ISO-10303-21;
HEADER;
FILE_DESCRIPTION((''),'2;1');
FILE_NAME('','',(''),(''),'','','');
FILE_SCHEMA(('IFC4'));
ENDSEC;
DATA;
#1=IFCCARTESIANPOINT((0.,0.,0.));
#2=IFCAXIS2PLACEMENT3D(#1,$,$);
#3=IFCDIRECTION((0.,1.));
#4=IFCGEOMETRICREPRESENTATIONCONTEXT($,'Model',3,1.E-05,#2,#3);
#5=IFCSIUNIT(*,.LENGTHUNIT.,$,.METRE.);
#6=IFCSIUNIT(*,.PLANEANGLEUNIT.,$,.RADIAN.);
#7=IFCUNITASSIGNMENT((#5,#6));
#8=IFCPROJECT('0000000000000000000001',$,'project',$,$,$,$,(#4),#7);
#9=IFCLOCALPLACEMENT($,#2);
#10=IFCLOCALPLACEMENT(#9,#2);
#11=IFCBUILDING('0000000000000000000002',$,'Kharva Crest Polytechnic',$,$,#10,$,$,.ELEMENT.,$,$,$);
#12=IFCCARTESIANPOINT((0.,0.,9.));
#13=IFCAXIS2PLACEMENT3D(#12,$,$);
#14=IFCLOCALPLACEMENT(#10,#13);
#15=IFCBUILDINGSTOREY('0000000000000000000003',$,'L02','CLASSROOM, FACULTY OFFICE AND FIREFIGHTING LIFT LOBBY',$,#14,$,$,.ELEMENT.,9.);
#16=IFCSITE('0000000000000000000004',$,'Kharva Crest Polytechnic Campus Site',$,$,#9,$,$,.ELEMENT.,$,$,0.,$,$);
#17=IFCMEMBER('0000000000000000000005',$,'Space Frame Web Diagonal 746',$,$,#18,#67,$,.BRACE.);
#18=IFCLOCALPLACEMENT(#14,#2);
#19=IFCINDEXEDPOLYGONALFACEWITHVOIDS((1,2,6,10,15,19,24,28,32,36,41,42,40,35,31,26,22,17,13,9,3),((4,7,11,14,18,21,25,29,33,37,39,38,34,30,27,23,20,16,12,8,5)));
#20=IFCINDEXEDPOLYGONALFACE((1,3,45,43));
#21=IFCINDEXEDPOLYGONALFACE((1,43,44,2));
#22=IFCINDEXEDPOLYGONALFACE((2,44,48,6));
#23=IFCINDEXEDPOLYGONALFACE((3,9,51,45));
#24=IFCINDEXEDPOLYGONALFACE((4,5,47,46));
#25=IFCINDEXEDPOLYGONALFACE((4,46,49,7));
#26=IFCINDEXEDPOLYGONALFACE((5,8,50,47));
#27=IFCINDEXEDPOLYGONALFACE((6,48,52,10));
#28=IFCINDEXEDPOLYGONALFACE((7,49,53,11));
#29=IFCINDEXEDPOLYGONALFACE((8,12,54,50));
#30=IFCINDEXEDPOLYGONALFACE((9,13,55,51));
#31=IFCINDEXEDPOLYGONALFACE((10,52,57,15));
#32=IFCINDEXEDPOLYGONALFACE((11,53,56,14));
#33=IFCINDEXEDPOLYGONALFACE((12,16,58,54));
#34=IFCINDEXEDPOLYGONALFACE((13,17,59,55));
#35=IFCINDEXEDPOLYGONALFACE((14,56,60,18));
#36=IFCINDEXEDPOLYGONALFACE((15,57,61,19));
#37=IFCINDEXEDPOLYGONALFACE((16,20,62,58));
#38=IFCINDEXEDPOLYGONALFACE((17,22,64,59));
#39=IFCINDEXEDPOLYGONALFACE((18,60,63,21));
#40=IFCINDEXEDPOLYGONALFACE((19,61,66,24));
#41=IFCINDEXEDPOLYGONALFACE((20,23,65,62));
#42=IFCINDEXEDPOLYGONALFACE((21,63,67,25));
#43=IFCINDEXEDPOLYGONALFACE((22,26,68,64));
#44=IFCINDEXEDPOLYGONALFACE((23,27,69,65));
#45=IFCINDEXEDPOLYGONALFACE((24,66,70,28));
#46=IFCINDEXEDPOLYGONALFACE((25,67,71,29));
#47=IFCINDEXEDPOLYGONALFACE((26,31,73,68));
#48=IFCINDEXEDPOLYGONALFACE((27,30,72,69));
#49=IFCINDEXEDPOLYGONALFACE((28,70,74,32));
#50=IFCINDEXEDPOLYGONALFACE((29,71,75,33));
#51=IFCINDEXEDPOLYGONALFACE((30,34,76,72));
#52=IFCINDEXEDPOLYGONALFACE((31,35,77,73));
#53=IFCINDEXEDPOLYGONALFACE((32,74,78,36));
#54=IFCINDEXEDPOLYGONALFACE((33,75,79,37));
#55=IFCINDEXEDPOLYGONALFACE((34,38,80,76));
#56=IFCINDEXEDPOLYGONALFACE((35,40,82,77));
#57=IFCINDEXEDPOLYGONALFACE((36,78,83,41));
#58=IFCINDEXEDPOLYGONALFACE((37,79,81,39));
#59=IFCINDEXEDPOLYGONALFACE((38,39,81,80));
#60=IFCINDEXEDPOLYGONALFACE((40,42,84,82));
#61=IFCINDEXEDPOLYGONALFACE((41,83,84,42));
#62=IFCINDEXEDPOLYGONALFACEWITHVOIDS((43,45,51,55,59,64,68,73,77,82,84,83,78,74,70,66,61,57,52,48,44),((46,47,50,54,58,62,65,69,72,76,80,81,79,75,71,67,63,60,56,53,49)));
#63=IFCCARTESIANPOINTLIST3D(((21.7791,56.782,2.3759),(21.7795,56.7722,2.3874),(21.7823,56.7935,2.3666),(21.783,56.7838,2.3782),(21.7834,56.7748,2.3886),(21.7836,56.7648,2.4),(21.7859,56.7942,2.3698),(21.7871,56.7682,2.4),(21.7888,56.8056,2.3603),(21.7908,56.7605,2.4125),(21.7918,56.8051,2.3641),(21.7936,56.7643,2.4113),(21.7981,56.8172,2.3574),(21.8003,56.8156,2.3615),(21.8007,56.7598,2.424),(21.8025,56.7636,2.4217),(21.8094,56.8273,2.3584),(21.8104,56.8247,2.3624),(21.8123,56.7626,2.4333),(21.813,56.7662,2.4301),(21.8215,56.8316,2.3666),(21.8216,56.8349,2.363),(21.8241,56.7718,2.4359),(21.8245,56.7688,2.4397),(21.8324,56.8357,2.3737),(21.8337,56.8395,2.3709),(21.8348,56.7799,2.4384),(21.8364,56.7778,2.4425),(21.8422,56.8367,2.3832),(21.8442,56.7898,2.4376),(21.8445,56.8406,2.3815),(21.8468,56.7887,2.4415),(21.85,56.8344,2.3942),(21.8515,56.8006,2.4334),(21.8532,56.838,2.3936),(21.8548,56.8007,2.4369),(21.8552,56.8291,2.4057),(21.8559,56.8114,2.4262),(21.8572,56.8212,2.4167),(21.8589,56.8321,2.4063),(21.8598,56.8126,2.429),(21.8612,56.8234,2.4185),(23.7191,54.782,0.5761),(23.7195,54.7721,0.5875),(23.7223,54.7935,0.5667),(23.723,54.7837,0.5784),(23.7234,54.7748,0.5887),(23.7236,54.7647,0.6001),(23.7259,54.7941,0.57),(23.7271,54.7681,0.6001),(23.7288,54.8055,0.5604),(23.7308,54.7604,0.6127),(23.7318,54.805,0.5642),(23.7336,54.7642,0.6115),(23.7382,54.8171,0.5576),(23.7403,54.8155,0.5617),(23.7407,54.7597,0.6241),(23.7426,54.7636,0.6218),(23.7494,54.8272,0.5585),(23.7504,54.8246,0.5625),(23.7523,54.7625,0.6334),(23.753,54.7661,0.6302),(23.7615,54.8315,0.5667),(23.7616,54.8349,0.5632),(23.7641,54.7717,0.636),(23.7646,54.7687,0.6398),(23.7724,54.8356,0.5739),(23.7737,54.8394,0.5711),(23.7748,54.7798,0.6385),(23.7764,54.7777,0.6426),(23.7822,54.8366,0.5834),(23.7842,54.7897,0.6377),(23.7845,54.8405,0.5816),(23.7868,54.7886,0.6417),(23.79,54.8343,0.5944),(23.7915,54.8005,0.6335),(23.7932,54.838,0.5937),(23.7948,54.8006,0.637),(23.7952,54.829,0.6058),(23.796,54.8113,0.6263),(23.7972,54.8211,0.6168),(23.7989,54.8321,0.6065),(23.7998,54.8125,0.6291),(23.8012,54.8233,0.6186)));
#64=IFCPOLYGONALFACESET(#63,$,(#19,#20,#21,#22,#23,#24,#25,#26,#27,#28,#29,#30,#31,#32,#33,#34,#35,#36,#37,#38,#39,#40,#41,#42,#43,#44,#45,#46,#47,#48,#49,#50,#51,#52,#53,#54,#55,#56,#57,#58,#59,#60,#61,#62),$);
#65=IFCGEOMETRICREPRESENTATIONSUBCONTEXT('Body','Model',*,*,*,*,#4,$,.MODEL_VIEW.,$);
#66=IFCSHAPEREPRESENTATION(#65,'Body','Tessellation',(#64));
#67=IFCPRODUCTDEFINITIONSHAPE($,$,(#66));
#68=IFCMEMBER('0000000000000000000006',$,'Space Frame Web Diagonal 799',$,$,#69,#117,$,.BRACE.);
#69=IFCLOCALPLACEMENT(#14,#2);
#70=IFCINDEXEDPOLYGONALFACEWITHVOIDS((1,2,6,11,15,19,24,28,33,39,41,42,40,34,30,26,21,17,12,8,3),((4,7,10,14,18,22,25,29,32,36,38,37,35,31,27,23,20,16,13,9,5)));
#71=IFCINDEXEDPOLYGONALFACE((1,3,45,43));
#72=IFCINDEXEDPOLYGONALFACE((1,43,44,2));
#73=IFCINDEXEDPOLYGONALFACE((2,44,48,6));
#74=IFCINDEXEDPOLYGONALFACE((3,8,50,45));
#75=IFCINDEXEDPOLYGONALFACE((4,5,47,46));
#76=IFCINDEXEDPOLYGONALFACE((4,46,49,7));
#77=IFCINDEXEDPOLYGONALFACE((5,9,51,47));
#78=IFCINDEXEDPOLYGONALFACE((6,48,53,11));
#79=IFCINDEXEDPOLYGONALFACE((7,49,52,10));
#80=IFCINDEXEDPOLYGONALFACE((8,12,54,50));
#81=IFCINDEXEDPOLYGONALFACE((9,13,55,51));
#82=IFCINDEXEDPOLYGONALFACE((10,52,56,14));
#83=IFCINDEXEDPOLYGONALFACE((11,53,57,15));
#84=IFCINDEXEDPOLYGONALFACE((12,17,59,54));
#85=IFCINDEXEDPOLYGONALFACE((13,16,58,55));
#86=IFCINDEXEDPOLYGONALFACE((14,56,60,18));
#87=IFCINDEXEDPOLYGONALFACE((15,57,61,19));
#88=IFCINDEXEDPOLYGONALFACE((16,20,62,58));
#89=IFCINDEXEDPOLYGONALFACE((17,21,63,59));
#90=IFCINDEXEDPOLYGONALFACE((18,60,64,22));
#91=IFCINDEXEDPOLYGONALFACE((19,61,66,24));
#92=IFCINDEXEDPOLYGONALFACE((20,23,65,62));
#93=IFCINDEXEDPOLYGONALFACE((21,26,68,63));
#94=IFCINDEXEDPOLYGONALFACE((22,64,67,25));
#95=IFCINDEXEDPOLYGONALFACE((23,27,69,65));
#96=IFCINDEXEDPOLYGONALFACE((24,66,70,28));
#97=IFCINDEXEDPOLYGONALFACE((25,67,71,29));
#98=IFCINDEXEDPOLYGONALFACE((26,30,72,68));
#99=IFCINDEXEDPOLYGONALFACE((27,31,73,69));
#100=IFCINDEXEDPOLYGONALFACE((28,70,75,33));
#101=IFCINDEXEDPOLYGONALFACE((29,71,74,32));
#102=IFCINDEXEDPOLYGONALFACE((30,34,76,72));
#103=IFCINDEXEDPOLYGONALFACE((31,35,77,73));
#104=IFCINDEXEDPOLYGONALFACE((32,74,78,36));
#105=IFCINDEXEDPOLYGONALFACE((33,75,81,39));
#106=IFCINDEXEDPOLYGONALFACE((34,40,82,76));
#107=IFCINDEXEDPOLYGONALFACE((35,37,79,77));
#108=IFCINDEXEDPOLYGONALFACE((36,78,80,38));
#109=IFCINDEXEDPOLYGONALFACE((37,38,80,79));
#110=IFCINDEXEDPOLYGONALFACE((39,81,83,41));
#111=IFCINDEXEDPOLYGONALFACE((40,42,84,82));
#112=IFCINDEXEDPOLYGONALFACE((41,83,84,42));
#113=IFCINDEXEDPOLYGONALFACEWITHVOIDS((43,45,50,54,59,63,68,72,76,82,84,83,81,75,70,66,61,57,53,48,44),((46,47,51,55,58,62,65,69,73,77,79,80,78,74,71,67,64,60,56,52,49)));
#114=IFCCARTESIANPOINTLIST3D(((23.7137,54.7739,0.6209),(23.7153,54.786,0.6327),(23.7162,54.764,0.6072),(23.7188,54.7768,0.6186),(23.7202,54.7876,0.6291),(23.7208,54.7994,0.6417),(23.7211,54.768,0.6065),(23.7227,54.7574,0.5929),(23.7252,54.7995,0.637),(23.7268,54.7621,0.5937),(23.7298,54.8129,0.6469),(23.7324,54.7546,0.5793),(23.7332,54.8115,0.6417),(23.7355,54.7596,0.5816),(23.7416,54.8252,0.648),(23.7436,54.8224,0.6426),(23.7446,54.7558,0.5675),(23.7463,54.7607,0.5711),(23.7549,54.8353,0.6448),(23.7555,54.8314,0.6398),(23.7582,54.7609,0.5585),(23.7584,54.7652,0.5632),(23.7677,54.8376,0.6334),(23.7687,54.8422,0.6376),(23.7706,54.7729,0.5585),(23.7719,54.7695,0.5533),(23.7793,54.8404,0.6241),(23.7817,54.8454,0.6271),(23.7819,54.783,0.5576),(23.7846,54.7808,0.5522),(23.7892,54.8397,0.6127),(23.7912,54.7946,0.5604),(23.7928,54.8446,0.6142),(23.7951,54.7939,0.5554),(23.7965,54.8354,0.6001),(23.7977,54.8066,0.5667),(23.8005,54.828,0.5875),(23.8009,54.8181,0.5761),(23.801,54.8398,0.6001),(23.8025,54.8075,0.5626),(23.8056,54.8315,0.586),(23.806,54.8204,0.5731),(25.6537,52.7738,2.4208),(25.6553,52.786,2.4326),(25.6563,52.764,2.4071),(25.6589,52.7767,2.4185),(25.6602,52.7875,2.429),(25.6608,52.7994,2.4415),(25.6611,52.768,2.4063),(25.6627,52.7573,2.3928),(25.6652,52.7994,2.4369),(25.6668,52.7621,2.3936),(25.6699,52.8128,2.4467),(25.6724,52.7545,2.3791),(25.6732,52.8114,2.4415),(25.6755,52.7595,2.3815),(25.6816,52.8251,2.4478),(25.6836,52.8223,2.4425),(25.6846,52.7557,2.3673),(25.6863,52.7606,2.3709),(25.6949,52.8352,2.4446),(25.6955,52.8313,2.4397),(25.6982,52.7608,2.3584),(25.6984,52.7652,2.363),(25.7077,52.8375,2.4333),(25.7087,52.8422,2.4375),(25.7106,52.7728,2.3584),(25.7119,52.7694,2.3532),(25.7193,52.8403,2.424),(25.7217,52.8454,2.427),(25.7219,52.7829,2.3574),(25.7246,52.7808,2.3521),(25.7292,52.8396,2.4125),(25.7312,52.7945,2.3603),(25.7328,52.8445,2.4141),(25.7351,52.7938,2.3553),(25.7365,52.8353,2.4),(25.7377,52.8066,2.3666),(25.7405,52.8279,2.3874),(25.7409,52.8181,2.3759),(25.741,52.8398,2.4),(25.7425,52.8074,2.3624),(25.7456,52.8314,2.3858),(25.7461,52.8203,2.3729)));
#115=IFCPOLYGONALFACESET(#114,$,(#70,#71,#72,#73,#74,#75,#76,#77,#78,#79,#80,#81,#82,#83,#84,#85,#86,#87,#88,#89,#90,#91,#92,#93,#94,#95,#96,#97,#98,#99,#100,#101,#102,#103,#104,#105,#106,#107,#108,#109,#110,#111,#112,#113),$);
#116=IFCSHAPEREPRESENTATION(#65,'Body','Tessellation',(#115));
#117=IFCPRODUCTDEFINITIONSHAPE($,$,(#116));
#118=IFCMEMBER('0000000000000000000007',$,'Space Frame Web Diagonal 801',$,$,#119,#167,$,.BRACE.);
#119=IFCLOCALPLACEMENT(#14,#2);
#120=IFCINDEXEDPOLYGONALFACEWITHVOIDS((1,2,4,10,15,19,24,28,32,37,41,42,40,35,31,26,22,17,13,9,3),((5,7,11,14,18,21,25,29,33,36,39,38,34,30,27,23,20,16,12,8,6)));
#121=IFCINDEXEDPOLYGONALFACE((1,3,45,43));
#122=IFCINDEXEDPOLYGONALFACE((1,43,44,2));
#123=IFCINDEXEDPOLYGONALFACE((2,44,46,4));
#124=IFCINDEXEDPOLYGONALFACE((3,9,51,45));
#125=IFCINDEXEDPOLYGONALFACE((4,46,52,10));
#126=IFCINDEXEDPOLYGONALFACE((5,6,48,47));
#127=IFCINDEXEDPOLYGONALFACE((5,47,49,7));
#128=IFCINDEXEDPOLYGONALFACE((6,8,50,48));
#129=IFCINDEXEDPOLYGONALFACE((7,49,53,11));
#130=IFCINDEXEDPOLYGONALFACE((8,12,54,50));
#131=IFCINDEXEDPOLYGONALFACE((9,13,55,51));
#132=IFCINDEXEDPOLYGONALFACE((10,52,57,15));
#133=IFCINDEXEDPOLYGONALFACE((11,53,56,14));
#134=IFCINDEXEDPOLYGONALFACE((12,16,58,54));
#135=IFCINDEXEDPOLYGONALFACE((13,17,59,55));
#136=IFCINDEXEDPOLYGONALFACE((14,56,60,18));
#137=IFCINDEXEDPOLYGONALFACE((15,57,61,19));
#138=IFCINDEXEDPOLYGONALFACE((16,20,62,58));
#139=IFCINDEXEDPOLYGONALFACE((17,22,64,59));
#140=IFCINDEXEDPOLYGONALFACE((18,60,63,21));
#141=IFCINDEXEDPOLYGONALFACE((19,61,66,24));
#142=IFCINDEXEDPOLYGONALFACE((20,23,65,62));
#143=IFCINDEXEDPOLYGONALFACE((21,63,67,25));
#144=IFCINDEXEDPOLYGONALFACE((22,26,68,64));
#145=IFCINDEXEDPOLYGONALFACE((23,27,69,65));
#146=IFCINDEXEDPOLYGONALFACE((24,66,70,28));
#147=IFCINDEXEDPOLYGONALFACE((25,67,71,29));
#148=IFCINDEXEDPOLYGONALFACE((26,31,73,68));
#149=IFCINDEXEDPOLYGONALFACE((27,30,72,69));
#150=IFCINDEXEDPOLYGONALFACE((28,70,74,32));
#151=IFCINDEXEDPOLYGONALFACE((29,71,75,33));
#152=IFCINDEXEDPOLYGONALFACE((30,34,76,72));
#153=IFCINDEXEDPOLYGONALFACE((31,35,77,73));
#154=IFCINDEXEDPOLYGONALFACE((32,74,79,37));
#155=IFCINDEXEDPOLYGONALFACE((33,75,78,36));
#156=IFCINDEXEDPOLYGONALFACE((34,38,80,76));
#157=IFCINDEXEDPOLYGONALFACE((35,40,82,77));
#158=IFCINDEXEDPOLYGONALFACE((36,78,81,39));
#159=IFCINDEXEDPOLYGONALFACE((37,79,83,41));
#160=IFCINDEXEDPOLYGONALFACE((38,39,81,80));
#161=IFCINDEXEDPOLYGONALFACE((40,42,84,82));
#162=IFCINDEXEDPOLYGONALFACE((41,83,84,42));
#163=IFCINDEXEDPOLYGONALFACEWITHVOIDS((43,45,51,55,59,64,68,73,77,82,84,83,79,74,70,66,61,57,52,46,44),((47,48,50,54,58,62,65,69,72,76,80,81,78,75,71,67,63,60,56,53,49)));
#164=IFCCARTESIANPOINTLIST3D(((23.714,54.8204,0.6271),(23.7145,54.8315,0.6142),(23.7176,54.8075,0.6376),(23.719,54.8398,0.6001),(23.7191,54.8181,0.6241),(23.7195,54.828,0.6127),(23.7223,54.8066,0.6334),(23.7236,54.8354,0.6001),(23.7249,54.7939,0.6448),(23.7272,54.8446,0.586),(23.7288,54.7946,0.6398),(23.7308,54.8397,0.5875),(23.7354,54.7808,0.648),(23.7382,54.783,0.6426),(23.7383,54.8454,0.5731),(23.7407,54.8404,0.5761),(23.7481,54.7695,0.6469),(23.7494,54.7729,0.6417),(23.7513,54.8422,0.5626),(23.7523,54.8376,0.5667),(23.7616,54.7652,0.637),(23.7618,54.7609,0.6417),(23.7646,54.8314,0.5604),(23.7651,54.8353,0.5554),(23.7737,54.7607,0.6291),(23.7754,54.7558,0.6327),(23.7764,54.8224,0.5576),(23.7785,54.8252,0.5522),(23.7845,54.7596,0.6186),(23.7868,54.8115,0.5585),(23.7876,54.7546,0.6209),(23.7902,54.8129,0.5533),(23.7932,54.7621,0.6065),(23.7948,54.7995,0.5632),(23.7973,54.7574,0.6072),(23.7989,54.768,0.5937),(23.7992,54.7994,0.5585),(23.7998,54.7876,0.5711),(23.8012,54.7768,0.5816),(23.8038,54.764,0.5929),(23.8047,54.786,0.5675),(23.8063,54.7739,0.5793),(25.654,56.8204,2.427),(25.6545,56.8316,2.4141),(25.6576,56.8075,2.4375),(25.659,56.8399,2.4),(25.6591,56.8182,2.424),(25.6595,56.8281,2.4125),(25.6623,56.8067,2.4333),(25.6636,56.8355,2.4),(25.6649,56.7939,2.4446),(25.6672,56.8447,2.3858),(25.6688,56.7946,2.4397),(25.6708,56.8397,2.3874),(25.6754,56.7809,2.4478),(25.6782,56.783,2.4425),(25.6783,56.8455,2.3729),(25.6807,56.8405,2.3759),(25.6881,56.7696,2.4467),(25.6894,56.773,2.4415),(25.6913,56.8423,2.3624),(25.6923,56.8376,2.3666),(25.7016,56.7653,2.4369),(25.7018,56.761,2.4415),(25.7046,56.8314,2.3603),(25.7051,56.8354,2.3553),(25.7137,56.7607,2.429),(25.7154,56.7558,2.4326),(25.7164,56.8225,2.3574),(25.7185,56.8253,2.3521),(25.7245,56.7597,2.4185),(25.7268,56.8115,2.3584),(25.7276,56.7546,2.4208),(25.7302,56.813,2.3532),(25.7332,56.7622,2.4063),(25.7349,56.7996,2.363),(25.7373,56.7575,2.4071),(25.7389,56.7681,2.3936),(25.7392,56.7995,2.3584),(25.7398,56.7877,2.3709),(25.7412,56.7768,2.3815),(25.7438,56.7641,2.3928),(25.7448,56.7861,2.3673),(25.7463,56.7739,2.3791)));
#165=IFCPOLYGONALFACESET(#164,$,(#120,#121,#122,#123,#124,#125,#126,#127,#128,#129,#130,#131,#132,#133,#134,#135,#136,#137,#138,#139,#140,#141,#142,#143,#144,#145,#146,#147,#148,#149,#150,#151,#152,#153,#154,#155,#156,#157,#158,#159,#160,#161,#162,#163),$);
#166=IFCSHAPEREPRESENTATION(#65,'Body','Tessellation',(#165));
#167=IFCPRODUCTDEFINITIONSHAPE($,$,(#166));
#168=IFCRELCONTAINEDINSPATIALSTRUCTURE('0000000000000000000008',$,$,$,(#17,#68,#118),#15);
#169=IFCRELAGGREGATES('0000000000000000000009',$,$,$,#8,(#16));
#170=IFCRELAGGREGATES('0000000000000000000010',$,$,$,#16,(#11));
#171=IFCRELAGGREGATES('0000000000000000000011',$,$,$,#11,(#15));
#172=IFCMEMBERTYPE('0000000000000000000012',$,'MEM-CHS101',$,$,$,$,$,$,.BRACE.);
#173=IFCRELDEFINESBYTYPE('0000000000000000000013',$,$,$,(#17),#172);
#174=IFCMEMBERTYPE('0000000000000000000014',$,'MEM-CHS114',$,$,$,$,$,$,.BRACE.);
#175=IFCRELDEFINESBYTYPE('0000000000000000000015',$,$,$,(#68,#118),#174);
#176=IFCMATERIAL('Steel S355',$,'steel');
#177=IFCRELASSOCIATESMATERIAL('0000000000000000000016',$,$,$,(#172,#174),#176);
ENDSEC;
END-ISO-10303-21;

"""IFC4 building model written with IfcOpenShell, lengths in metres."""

from ifc_helpers import new_model, si_unit, direction, frame, origin, origin_2d, place, context, subcontext, project, spatial, hollow_circle, extrude, material, material_profile, profile_set, type_object, element, save


model = new_model("IFC4")

# Units and contexts
model_context = context("Model", 3, precision=1e-05, world=origin(), true_north=direction((0.0, 1.0)))
body_context = subcontext(model_context, "Body", "Model", "MODEL_VIEW")
ifc_project = project(units=[si_unit("LENGTHUNIT", "METRE"), si_unit("PLANEANGLEUNIT", "RADIAN")], contexts=[model_context])

# Site, building, storey
site_placement = place(None, origin())
site = spatial("IfcSite", under=ifc_project, at=site_placement, Name="Kharva Crest Polytechnic Campus Site", CompositionType="ELEMENT", RefElevation=0.0)
building_placement = place(site_placement, origin())
building = spatial("IfcBuilding", under=site, at=building_placement, Name="Kharva Crest Polytechnic", CompositionType="ELEMENT")
storey_placement = place(building_placement, frame((0.0, 0.0, 9.0)))
storey = spatial("IfcBuildingStorey", under=building, at=storey_placement, Name="L02", Description="CLASSROOM, FACULTY OFFICE AND FIREFIGHTING LIFT LOBBY", CompositionType="ELEMENT", Elevation=9.0)

# Shared definitions
ifc_material_1 = material(Name="Steel S355", Category="steel")

# Members
ifc_material_profile_1 = material_profile(ifc_material_1, hollow_circle(Radius=0.0508, WallThickness=0.0049, at=origin_2d()), Name="CHS 101.6X5.0")
ifc_profile_set_1 = profile_set([ifc_material_profile_1], Name="Steel S355")
member_type_1 = type_object("IfcMemberType", Name="MEM-CHS101", PredefinedType="BRACE", material=ifc_profile_set_1)
for number, where, z_axis, x_axis, name in (
    (1, (23.76, 54.8, 0.6001), (-0.584843, 0.60295, 0.542596), (-0.717802, -0.696247, 0.0), "Space Frame Web Diagonal 746"),
):
    element("IfcMember", number, at=place(storey_placement, frame(where, z_axis=z_axis, x_axis=x_axis)), inside=storey, type_object=member_type_1, Name=name, PredefinedType="BRACE", context=body_context, shape_type="SweptSolid", body=[
        extrude(hollow_circle(Radius=0.0508, WallThickness=0.0049, at=origin_2d()), origin(), (0.0, 0.0, 1.0), 3.3171),
    ])
ifc_material_profile_2 = material_profile(ifc_material_1, hollow_circle(Radius=0.0571, WallThickness=0.0063, at=origin_2d()), Name="CHS 114.3X6.3")
ifc_profile_set_2 = profile_set([ifc_material_profile_2], Name="Steel S355")
member_type_2 = type_object("IfcMemberType", Name="MEM-CHS114", PredefinedType="BRACE", material=ifc_profile_set_2)
for number, where, z_axis, x_axis, name in (
    (2, (23.76, 54.8, 0.6001), (0.584843, -0.60295, 0.542596), (0.717802, 0.696247, 0.0), "Space Frame Web Diagonal 799"),
    (3, (23.76, 54.8, 0.6001), (0.584843, 0.60295, 0.542596), (-0.717802, 0.696247, 0.0), "Space Frame Web Diagonal 801"),
):
    element("IfcMember", number, at=place(storey_placement, frame(where, z_axis=z_axis, x_axis=x_axis)), inside=storey, type_object=member_type_2, Name=name, PredefinedType="BRACE", context=body_context, shape_type="SweptSolid", body=[
        extrude(hollow_circle(Radius=0.0571, WallThickness=0.0063, at=origin_2d()), origin(), (0.0, 0.0, 1.0), 3.3171),
    ])

save(model, "model.ifc")
